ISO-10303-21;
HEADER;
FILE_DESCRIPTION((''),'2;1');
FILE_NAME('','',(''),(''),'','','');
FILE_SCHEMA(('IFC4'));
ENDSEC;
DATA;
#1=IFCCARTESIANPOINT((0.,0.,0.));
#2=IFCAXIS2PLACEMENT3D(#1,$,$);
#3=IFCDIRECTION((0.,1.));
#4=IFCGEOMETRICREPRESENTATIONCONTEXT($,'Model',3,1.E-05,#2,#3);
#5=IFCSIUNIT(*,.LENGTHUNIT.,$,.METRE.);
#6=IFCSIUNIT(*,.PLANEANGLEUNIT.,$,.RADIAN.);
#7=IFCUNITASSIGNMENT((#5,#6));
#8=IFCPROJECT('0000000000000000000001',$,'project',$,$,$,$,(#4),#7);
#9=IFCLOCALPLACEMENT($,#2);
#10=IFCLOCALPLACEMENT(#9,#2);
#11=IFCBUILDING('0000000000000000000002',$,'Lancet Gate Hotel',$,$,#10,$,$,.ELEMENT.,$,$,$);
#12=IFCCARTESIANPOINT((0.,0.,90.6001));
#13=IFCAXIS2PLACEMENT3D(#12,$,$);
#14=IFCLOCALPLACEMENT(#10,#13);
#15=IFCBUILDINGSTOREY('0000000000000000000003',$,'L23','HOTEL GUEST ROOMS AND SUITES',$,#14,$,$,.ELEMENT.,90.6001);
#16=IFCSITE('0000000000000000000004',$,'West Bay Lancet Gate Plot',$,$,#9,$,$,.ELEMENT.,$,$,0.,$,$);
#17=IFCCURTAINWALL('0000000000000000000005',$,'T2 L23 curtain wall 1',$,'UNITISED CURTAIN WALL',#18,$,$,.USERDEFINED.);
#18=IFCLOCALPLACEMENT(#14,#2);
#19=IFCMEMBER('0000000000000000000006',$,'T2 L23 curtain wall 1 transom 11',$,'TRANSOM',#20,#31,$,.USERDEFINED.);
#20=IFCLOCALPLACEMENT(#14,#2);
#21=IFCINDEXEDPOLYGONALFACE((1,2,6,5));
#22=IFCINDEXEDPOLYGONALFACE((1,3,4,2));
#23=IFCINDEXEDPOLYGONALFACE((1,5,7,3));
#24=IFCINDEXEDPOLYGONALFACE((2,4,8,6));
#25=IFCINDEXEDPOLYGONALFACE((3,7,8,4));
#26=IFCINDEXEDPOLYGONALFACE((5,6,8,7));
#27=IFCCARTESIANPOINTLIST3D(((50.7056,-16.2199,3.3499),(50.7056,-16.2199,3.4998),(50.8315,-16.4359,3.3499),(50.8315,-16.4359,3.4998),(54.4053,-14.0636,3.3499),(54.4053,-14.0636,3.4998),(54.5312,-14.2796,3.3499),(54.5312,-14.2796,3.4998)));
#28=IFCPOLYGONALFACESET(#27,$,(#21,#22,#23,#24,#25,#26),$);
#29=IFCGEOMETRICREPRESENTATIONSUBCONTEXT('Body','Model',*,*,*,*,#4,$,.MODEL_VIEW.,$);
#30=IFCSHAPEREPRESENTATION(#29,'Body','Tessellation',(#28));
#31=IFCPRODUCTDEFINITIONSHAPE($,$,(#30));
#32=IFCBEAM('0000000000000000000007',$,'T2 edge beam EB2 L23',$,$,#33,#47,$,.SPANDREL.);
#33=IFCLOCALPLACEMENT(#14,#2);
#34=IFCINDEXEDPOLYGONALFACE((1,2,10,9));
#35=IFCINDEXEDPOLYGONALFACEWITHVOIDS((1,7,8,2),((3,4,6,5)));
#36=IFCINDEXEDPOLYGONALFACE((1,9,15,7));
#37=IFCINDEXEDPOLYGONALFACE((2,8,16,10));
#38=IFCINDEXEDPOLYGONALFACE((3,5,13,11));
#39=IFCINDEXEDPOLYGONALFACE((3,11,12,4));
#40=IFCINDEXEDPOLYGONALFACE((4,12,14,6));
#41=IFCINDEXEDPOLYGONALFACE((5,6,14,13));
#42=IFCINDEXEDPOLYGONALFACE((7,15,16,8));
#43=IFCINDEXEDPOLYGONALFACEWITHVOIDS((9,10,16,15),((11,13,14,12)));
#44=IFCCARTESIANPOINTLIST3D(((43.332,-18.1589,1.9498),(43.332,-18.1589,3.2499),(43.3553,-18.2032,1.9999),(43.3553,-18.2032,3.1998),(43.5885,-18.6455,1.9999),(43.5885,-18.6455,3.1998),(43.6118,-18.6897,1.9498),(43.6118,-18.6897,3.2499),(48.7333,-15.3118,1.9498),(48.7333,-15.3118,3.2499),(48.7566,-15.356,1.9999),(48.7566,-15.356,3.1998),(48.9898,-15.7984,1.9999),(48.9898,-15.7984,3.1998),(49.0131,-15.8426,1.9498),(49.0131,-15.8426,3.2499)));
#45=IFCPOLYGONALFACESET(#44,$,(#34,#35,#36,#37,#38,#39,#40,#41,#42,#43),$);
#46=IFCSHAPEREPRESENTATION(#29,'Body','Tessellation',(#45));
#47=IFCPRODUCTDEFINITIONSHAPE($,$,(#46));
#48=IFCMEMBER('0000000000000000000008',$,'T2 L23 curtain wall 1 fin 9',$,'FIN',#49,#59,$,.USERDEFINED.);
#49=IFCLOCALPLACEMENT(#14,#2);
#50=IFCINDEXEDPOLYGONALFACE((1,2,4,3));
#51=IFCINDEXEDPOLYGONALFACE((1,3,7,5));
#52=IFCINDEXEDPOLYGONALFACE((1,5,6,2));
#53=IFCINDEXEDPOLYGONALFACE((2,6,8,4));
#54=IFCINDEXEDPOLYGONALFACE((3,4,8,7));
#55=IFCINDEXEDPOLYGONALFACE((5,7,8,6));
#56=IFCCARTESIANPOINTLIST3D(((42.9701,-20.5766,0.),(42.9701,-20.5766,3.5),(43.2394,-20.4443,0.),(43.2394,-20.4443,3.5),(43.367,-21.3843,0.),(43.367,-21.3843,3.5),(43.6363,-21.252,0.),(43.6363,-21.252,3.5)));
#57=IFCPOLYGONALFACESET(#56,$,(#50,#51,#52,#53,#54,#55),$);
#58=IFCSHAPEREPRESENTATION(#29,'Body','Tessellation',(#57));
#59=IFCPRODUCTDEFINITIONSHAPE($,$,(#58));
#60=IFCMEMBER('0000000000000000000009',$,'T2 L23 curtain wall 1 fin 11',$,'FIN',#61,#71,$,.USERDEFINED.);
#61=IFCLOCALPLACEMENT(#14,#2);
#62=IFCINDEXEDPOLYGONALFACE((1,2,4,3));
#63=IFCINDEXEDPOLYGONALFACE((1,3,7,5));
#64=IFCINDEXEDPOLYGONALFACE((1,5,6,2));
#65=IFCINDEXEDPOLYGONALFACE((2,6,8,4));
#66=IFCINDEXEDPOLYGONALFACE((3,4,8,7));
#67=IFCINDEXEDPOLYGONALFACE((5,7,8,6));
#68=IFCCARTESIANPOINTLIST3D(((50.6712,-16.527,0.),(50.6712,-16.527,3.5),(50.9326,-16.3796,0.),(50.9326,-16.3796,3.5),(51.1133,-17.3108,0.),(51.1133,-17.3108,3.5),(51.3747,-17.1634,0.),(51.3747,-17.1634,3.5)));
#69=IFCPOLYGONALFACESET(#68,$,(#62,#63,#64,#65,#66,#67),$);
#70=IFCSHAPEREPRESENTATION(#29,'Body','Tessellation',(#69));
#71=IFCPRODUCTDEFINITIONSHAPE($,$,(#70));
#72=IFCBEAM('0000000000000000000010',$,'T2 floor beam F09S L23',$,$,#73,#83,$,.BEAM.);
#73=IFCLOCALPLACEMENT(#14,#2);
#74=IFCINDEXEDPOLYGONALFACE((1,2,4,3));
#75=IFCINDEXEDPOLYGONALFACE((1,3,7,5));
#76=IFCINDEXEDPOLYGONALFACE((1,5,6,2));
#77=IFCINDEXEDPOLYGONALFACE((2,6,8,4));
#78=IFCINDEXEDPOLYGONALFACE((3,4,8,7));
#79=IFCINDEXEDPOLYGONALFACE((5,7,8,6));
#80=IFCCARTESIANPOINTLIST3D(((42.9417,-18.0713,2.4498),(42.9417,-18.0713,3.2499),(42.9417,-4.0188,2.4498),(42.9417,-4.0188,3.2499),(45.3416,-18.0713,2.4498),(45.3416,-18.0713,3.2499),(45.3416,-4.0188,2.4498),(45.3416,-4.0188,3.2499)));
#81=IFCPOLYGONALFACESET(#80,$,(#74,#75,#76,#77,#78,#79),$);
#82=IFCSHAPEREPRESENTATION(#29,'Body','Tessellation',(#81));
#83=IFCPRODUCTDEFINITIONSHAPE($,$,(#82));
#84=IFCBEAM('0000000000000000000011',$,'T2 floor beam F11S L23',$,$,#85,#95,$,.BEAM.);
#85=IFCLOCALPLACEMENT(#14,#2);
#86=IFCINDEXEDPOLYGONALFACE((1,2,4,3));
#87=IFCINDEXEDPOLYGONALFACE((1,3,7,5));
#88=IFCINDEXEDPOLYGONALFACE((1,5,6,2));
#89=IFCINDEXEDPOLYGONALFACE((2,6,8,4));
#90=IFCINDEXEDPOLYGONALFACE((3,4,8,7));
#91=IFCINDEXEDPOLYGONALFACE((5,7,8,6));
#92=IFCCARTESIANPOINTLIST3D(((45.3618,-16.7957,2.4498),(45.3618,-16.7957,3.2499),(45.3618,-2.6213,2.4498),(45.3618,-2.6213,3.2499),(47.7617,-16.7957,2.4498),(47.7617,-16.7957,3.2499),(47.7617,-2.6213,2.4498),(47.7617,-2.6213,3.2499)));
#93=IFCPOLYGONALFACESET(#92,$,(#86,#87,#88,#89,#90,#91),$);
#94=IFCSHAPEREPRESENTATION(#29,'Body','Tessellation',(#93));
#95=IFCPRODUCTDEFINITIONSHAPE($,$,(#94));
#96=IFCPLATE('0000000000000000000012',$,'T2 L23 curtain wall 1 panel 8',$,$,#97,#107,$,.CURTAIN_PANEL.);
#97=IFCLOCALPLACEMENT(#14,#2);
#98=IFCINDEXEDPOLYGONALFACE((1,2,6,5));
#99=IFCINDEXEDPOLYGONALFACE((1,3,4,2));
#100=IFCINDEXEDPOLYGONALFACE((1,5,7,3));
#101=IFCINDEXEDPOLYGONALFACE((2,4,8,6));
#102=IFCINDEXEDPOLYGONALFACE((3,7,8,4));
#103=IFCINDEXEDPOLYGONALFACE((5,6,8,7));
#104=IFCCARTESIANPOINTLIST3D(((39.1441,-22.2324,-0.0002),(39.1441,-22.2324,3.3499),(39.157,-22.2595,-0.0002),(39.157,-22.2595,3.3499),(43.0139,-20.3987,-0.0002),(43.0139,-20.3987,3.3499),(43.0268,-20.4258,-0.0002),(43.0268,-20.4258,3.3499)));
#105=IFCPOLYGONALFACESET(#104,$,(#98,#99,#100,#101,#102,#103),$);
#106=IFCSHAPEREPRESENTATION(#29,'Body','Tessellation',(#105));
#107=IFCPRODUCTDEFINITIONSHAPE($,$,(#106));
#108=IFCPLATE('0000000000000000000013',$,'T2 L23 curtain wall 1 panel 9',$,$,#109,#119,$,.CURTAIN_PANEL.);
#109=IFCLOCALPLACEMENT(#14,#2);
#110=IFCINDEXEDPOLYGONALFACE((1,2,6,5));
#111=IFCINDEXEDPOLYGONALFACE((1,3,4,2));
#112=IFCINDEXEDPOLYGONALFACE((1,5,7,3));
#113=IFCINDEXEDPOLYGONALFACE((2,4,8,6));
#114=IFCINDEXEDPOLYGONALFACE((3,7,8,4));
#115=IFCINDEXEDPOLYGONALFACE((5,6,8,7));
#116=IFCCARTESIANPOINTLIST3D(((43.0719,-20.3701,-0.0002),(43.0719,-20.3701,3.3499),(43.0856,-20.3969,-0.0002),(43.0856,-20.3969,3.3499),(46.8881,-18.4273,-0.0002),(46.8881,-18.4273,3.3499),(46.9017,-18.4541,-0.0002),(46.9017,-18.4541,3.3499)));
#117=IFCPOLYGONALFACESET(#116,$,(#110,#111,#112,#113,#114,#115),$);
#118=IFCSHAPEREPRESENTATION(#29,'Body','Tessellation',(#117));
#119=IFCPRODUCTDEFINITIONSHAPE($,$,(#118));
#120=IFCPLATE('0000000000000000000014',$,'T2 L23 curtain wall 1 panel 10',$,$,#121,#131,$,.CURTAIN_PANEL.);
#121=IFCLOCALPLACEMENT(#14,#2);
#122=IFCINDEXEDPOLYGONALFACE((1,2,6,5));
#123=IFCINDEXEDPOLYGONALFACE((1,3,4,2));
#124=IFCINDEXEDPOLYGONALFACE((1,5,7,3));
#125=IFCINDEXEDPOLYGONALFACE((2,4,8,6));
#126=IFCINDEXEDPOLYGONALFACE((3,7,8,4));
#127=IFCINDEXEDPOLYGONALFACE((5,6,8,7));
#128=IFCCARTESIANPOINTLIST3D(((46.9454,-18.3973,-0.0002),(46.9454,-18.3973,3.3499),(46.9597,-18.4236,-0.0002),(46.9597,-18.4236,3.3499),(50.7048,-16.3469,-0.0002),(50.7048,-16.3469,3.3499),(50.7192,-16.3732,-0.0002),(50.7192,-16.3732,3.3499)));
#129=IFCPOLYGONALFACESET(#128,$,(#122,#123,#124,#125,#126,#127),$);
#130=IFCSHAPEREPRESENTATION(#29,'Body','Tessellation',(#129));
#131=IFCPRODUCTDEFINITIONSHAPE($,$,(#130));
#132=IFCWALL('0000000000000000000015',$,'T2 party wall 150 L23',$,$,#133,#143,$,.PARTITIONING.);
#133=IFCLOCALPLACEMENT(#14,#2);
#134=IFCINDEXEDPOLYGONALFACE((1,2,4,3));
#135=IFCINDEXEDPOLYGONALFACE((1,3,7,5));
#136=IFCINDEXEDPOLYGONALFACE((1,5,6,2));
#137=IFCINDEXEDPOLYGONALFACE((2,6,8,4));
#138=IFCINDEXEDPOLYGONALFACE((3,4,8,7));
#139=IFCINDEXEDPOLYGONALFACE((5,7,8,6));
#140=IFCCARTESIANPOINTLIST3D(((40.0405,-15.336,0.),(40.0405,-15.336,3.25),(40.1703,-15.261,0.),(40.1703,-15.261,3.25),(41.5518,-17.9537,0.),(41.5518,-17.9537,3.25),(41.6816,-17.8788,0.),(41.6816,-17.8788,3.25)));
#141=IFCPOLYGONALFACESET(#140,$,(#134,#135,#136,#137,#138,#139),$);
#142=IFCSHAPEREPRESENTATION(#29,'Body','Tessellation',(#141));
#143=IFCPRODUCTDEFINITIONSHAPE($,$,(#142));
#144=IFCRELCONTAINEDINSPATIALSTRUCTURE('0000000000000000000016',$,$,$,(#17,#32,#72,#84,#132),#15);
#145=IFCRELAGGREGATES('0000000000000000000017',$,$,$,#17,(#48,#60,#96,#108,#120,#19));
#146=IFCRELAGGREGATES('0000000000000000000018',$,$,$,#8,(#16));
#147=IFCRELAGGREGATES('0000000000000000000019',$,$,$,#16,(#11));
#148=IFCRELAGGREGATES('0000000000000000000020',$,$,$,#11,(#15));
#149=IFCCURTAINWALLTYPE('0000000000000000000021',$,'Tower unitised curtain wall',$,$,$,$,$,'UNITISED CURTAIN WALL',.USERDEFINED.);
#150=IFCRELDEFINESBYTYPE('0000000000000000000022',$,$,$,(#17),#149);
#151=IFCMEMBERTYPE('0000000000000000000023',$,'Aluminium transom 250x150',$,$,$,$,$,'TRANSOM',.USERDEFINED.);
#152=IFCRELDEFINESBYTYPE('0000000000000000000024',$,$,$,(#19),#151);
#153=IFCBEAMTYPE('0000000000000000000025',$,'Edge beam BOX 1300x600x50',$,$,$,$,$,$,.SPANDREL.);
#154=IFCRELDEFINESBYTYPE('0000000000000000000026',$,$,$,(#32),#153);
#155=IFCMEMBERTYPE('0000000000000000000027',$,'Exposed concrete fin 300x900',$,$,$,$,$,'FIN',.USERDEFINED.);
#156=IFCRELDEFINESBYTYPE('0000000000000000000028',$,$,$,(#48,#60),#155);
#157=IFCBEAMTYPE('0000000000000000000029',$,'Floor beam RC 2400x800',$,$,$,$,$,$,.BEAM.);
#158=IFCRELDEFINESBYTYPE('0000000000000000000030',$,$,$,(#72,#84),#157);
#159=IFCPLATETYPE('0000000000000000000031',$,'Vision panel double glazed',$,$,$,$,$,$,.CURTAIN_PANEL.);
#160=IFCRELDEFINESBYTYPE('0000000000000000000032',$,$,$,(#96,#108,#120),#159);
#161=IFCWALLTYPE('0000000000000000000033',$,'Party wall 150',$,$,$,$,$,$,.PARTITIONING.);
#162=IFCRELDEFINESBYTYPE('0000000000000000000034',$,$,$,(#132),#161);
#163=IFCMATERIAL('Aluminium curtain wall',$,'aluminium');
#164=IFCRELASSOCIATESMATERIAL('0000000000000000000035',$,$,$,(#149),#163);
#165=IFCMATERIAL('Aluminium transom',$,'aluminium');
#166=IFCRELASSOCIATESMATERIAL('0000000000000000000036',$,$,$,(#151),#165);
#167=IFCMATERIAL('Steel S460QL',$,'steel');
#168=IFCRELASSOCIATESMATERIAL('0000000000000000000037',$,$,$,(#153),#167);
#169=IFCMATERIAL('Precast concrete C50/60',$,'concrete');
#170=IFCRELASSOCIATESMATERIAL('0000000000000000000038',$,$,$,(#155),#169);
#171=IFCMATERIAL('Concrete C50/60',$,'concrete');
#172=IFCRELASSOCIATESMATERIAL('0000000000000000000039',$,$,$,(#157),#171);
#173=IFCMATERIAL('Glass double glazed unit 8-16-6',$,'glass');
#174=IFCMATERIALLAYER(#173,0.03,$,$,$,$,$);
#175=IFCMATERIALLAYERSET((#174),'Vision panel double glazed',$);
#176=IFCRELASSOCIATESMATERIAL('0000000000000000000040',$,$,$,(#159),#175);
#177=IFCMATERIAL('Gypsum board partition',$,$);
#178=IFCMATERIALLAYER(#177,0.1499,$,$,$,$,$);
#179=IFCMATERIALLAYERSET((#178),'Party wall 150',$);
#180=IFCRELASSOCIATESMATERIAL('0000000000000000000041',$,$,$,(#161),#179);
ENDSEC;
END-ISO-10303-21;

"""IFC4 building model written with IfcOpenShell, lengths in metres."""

from ifc_helpers import new_model, si_unit, direction, frame, frame_2d, origin, origin_2d, place, context, subcontext, project, spatial, rectangle, hollow_rectangle, extrude, material, layer, layer_set, material_profile, profile_set, type_object, element, aggregate, save


model = new_model("IFC4")

# Units and contexts
model_context = context("Model", 3, precision=1e-05, world=origin(), true_north=direction((0.0, 1.0)))
body_context = subcontext(model_context, "Body", "Model", "MODEL_VIEW")
ifc_project = project(units=[si_unit("LENGTHUNIT", "METRE"), si_unit("PLANEANGLEUNIT", "RADIAN")], contexts=[model_context])

# Site, building, storey
site_placement = place(None, origin())
site = spatial("IfcSite", under=ifc_project, at=site_placement, Name="West Bay Lancet Gate Plot", CompositionType="ELEMENT", RefElevation=0.0)
building_placement = place(site_placement, origin())
building = spatial("IfcBuilding", under=site, at=building_placement, Name="Lancet Gate Hotel", CompositionType="ELEMENT")
storey_placement = place(building_placement, frame((0.0, 0.0, 90.6001)))
storey = spatial("IfcBuildingStorey", under=building, at=storey_placement, Name="L23", Description="HOTEL GUEST ROOMS AND SUITES", CompositionType="ELEMENT", Elevation=90.6001)

# Curtain wall, member
ifc_material_1 = material(Name="Aluminium curtain wall", Category="aluminium")
curtain_wall_type = type_object("IfcCurtainWallType", Name="Tower unitised curtain wall", ElementType="UNITISED CURTAIN WALL", PredefinedType="USERDEFINED", material=ifc_material_1)
curtain_wall_placement = place(storey_placement, origin())
curtain_wall = element("IfcCurtainWall", 1, at=curtain_wall_placement, inside=storey, type_object=curtain_wall_type, Name="T2 L23 curtain wall 1", ObjectType="UNITISED CURTAIN WALL", PredefinedType="USERDEFINED")
ifc_material_2 = material(Name="Aluminium transom", Category="aluminium")
ifc_material_profile_1 = material_profile(ifc_material_2, rectangle(XDim=0.25, YDim=0.1499, at=origin_2d()), Name="TRANSOM 250x150")
ifc_profile_set_1 = profile_set([ifc_material_profile_1], Name="Aluminium transom")
member_type_1 = type_object("IfcMemberType", Name="Aluminium transom 250x150", ElementType="TRANSOM", PredefinedType="USERDEFINED", material=ifc_profile_set_1)
member_1_placement = place(storey_placement, frame((50.7686, -16.3279, 3.4248), z_axis=(0.863973, 0.503538, 0.0), x_axis=(-0.503538, 0.863973, 0.0)))
member_1 = element("IfcMember", 2, at=member_1_placement, type_object=member_type_1, Name="T2 L23 curtain wall 1 transom 11", ObjectType="TRANSOM", PredefinedType="USERDEFINED", context=body_context, shape_type="SweptSolid", body=[
    extrude(rectangle(XDim=0.25, YDim=0.1499, at=origin_2d()), origin(), (0.0, 0.0, 1.0), 4.2822),
])

# Beam
ifc_material_3 = material(Name="Steel S460QL", Category="steel")
ifc_material_profile_2 = material_profile(ifc_material_3, hollow_rectangle(XDim=0.6001, YDim=1.3, WallThickness=0.05, at=origin_2d()), Name="BOX 1300x600x50")
ifc_profile_set_2 = profile_set([ifc_material_profile_2], Name="Steel S460QL")
beam_type_1 = type_object("IfcBeamType", Name="Edge beam BOX 1300x600x50", PredefinedType="SPANDREL", material=ifc_profile_set_2)
beam_1_placement = place(storey_placement, frame((43.4719, -18.4243, 2.5999), z_axis=(0.884625, 0.466303, 0.0), x_axis=(-0.466303, 0.884625, 0.0)))
element("IfcBeam", 3, at=beam_1_placement, inside=storey, type_object=beam_type_1, Name="T2 edge beam EB2 L23", PredefinedType="SPANDREL", context=body_context, shape_type="SweptSolid", body=[
    extrude(hollow_rectangle(XDim=0.6001, YDim=1.3, WallThickness=0.05, at=origin_2d()), origin(), (0.0, 0.0, 1.0), 6.1057),
])

# Members
ifc_material_4 = material(Name="Precast concrete C50/60", Category="concrete")
ifc_material_profile_3 = material_profile(ifc_material_4, rectangle(XDim=0.3, YDim=0.8999, at=origin_2d()), Name="FIN 300x900")
ifc_profile_set_3 = profile_set([ifc_material_profile_3], Name="Precast concrete C50/60")
member_type_2 = type_object("IfcMemberType", Name="Exposed concrete fin 300x900", ElementType="FIN", PredefinedType="USERDEFINED", material=ifc_profile_set_3)
member_2_placement = place(storey_placement, frame((43.3032, -20.9143, 0.0), z_axis=(0.0, 0.0, 1.0), x_axis=(0.897512, 0.44099, 0.0)))
member_2 = element("IfcMember", 4, at=member_2_placement, type_object=member_type_2, Name="T2 L23 curtain wall 1 fin 9", ObjectType="FIN", PredefinedType="USERDEFINED", context=body_context, shape_type="SweptSolid", body=[
    extrude(rectangle(XDim=0.3, YDim=0.8999, at=origin_2d()), origin(), (0.0, 0.0, 1.0), 3.5),
])
member_3_placement = place(storey_placement, frame((51.0229, -16.8452, 0.0), z_axis=(0.0, 0.0, 1.0), x_axis=(0.871029, 0.491232, 0.0)))
member_3 = element("IfcMember", 5, at=member_3_placement, type_object=member_type_2, Name="T2 L23 curtain wall 1 fin 11", ObjectType="FIN", PredefinedType="USERDEFINED", context=body_context, shape_type="SweptSolid", body=[
    extrude(rectangle(XDim=0.3, YDim=0.8999, at=origin_2d()), origin(), (0.0, 0.0, 1.0), 3.5),
])

# Beams
ifc_material_5 = material(Name="Concrete C50/60", Category="concrete")
ifc_material_profile_4 = material_profile(ifc_material_5, rectangle(XDim=2.3999, YDim=0.8, at=origin_2d()), Name="RC 2400x800")
ifc_profile_set_4 = profile_set([ifc_material_profile_4], Name="Concrete C50/60")
beam_type_2 = type_object("IfcBeamType", Name="Floor beam RC 2400x800", PredefinedType="BEAM", material=ifc_profile_set_4)
beam_2_placement = place(storey_placement, frame((44.1416, -18.0713, 2.8499), z_axis=(0.0, 1.0, 0.0), x_axis=(-1.0, 0.0, 0.0)))
element("IfcBeam", 6, at=beam_2_placement, inside=storey, type_object=beam_type_2, Name="T2 floor beam F09S L23", PredefinedType="BEAM", context=body_context, shape_type="SweptSolid", body=[
    extrude(rectangle(XDim=2.3999, YDim=0.8, at=origin_2d()), origin(), (0.0, 0.0, 1.0), 14.0525),
])
beam_3_placement = place(storey_placement, frame((46.5618, -16.7957, 2.8499), z_axis=(0.0, 1.0, 0.0), x_axis=(-1.0, 0.0, 0.0)))
element("IfcBeam", 7, at=beam_3_placement, inside=storey, type_object=beam_type_2, Name="T2 floor beam F11S L23", PredefinedType="BEAM", context=body_context, shape_type="SweptSolid", body=[
    extrude(rectangle(XDim=2.3999, YDim=0.8, at=origin_2d()), origin(), (0.0, 0.0, 1.0), 14.1743),
])

# Plates
ifc_material_6 = material(Name="Glass double glazed unit 8-16-6", Category="glass")
ifc_layer_1 = layer(ifc_material_6, 0.03)
ifc_layer_set_1 = layer_set([ifc_layer_1], Name="Vision panel double glazed")
plate_type = type_object("IfcPlateType", Name="Vision panel double glazed", PredefinedType="CURTAIN_PANEL", material=ifc_layer_set_1)
plate_1_placement = place(storey_placement, frame((41.0854, -21.3291, -0.0002), z_axis=(0.0, 0.0, 1.0), x_axis=(0.903683, 0.428201, 0.0)))
plate_1 = element("IfcPlate", 8, at=plate_1_placement, type_object=plate_type, Name="T2 L23 curtain wall 1 panel 8", PredefinedType="CURTAIN_PANEL", context=body_context, shape_type="SweptSolid", body=[
    extrude(rectangle(XDim=4.2822, YDim=0.03, at=origin_2d()), origin(), (0.0, 0.0, 1.0), 3.3501),
])
plate_2_placement = place(storey_placement, frame((44.9868, -19.4121, -0.0002), z_axis=(0.0, 0.0, 1.0), x_axis=(0.891159, 0.45369, 0.0)))
plate_2 = element("IfcPlate", 9, at=plate_2_placement, type_object=plate_type, Name="T2 L23 curtain wall 1 panel 9", PredefinedType="CURTAIN_PANEL", context=body_context, shape_type="SweptSolid", body=[
    extrude(rectangle(XDim=4.2822, YDim=0.03, at=origin_2d()), origin(), (0.0, 0.0, 1.0), 3.3501),
])
plate_3_placement = place(storey_placement, frame((48.8323, -17.3853, -0.0002), z_axis=(0.0, 0.0, 1.0), x_axis=(0.877916, 0.478814, 0.0)))
plate_3 = element("IfcPlate", 10, at=plate_3_placement, type_object=plate_type, Name="T2 L23 curtain wall 1 panel 10", PredefinedType="CURTAIN_PANEL", context=body_context, shape_type="SweptSolid", body=[
    extrude(rectangle(XDim=4.2822, YDim=0.03, at=origin_2d()), origin(), (0.0, 0.0, 1.0), 3.3501),
])
aggregate(curtain_wall, [member_2, member_3, plate_1, plate_2, plate_3, member_1])

# Wall
ifc_material_7 = material(Name="Gypsum board partition")
ifc_layer_2 = layer(ifc_material_7, 0.1499)
ifc_layer_set_2 = layer_set([ifc_layer_2], Name="Party wall 150")
wall_type = type_object("IfcWallType", Name="Party wall 150", PredefinedType="PARTITIONING", material=ifc_layer_set_2)
wall_placement = place(storey_placement, frame((40.1055, -15.2986, 0.0), z_axis=(0.0, 0.0, 1.0), x_axis=(0.499979, -0.866038, 0.0)))
element("IfcWall", 11, at=wall_placement, inside=storey, type_object=wall_type, Name="T2 party wall 150 L23", PredefinedType="PARTITIONING", context=body_context, shape_type="SweptSolid", body=[
    extrude(rectangle(XDim=3.0227, YDim=0.1499, at=frame_2d((1.5112, 0.0))), origin(), (0.0, 0.0, 1.0), 3.25),
])

save(model, "model.ifc")
